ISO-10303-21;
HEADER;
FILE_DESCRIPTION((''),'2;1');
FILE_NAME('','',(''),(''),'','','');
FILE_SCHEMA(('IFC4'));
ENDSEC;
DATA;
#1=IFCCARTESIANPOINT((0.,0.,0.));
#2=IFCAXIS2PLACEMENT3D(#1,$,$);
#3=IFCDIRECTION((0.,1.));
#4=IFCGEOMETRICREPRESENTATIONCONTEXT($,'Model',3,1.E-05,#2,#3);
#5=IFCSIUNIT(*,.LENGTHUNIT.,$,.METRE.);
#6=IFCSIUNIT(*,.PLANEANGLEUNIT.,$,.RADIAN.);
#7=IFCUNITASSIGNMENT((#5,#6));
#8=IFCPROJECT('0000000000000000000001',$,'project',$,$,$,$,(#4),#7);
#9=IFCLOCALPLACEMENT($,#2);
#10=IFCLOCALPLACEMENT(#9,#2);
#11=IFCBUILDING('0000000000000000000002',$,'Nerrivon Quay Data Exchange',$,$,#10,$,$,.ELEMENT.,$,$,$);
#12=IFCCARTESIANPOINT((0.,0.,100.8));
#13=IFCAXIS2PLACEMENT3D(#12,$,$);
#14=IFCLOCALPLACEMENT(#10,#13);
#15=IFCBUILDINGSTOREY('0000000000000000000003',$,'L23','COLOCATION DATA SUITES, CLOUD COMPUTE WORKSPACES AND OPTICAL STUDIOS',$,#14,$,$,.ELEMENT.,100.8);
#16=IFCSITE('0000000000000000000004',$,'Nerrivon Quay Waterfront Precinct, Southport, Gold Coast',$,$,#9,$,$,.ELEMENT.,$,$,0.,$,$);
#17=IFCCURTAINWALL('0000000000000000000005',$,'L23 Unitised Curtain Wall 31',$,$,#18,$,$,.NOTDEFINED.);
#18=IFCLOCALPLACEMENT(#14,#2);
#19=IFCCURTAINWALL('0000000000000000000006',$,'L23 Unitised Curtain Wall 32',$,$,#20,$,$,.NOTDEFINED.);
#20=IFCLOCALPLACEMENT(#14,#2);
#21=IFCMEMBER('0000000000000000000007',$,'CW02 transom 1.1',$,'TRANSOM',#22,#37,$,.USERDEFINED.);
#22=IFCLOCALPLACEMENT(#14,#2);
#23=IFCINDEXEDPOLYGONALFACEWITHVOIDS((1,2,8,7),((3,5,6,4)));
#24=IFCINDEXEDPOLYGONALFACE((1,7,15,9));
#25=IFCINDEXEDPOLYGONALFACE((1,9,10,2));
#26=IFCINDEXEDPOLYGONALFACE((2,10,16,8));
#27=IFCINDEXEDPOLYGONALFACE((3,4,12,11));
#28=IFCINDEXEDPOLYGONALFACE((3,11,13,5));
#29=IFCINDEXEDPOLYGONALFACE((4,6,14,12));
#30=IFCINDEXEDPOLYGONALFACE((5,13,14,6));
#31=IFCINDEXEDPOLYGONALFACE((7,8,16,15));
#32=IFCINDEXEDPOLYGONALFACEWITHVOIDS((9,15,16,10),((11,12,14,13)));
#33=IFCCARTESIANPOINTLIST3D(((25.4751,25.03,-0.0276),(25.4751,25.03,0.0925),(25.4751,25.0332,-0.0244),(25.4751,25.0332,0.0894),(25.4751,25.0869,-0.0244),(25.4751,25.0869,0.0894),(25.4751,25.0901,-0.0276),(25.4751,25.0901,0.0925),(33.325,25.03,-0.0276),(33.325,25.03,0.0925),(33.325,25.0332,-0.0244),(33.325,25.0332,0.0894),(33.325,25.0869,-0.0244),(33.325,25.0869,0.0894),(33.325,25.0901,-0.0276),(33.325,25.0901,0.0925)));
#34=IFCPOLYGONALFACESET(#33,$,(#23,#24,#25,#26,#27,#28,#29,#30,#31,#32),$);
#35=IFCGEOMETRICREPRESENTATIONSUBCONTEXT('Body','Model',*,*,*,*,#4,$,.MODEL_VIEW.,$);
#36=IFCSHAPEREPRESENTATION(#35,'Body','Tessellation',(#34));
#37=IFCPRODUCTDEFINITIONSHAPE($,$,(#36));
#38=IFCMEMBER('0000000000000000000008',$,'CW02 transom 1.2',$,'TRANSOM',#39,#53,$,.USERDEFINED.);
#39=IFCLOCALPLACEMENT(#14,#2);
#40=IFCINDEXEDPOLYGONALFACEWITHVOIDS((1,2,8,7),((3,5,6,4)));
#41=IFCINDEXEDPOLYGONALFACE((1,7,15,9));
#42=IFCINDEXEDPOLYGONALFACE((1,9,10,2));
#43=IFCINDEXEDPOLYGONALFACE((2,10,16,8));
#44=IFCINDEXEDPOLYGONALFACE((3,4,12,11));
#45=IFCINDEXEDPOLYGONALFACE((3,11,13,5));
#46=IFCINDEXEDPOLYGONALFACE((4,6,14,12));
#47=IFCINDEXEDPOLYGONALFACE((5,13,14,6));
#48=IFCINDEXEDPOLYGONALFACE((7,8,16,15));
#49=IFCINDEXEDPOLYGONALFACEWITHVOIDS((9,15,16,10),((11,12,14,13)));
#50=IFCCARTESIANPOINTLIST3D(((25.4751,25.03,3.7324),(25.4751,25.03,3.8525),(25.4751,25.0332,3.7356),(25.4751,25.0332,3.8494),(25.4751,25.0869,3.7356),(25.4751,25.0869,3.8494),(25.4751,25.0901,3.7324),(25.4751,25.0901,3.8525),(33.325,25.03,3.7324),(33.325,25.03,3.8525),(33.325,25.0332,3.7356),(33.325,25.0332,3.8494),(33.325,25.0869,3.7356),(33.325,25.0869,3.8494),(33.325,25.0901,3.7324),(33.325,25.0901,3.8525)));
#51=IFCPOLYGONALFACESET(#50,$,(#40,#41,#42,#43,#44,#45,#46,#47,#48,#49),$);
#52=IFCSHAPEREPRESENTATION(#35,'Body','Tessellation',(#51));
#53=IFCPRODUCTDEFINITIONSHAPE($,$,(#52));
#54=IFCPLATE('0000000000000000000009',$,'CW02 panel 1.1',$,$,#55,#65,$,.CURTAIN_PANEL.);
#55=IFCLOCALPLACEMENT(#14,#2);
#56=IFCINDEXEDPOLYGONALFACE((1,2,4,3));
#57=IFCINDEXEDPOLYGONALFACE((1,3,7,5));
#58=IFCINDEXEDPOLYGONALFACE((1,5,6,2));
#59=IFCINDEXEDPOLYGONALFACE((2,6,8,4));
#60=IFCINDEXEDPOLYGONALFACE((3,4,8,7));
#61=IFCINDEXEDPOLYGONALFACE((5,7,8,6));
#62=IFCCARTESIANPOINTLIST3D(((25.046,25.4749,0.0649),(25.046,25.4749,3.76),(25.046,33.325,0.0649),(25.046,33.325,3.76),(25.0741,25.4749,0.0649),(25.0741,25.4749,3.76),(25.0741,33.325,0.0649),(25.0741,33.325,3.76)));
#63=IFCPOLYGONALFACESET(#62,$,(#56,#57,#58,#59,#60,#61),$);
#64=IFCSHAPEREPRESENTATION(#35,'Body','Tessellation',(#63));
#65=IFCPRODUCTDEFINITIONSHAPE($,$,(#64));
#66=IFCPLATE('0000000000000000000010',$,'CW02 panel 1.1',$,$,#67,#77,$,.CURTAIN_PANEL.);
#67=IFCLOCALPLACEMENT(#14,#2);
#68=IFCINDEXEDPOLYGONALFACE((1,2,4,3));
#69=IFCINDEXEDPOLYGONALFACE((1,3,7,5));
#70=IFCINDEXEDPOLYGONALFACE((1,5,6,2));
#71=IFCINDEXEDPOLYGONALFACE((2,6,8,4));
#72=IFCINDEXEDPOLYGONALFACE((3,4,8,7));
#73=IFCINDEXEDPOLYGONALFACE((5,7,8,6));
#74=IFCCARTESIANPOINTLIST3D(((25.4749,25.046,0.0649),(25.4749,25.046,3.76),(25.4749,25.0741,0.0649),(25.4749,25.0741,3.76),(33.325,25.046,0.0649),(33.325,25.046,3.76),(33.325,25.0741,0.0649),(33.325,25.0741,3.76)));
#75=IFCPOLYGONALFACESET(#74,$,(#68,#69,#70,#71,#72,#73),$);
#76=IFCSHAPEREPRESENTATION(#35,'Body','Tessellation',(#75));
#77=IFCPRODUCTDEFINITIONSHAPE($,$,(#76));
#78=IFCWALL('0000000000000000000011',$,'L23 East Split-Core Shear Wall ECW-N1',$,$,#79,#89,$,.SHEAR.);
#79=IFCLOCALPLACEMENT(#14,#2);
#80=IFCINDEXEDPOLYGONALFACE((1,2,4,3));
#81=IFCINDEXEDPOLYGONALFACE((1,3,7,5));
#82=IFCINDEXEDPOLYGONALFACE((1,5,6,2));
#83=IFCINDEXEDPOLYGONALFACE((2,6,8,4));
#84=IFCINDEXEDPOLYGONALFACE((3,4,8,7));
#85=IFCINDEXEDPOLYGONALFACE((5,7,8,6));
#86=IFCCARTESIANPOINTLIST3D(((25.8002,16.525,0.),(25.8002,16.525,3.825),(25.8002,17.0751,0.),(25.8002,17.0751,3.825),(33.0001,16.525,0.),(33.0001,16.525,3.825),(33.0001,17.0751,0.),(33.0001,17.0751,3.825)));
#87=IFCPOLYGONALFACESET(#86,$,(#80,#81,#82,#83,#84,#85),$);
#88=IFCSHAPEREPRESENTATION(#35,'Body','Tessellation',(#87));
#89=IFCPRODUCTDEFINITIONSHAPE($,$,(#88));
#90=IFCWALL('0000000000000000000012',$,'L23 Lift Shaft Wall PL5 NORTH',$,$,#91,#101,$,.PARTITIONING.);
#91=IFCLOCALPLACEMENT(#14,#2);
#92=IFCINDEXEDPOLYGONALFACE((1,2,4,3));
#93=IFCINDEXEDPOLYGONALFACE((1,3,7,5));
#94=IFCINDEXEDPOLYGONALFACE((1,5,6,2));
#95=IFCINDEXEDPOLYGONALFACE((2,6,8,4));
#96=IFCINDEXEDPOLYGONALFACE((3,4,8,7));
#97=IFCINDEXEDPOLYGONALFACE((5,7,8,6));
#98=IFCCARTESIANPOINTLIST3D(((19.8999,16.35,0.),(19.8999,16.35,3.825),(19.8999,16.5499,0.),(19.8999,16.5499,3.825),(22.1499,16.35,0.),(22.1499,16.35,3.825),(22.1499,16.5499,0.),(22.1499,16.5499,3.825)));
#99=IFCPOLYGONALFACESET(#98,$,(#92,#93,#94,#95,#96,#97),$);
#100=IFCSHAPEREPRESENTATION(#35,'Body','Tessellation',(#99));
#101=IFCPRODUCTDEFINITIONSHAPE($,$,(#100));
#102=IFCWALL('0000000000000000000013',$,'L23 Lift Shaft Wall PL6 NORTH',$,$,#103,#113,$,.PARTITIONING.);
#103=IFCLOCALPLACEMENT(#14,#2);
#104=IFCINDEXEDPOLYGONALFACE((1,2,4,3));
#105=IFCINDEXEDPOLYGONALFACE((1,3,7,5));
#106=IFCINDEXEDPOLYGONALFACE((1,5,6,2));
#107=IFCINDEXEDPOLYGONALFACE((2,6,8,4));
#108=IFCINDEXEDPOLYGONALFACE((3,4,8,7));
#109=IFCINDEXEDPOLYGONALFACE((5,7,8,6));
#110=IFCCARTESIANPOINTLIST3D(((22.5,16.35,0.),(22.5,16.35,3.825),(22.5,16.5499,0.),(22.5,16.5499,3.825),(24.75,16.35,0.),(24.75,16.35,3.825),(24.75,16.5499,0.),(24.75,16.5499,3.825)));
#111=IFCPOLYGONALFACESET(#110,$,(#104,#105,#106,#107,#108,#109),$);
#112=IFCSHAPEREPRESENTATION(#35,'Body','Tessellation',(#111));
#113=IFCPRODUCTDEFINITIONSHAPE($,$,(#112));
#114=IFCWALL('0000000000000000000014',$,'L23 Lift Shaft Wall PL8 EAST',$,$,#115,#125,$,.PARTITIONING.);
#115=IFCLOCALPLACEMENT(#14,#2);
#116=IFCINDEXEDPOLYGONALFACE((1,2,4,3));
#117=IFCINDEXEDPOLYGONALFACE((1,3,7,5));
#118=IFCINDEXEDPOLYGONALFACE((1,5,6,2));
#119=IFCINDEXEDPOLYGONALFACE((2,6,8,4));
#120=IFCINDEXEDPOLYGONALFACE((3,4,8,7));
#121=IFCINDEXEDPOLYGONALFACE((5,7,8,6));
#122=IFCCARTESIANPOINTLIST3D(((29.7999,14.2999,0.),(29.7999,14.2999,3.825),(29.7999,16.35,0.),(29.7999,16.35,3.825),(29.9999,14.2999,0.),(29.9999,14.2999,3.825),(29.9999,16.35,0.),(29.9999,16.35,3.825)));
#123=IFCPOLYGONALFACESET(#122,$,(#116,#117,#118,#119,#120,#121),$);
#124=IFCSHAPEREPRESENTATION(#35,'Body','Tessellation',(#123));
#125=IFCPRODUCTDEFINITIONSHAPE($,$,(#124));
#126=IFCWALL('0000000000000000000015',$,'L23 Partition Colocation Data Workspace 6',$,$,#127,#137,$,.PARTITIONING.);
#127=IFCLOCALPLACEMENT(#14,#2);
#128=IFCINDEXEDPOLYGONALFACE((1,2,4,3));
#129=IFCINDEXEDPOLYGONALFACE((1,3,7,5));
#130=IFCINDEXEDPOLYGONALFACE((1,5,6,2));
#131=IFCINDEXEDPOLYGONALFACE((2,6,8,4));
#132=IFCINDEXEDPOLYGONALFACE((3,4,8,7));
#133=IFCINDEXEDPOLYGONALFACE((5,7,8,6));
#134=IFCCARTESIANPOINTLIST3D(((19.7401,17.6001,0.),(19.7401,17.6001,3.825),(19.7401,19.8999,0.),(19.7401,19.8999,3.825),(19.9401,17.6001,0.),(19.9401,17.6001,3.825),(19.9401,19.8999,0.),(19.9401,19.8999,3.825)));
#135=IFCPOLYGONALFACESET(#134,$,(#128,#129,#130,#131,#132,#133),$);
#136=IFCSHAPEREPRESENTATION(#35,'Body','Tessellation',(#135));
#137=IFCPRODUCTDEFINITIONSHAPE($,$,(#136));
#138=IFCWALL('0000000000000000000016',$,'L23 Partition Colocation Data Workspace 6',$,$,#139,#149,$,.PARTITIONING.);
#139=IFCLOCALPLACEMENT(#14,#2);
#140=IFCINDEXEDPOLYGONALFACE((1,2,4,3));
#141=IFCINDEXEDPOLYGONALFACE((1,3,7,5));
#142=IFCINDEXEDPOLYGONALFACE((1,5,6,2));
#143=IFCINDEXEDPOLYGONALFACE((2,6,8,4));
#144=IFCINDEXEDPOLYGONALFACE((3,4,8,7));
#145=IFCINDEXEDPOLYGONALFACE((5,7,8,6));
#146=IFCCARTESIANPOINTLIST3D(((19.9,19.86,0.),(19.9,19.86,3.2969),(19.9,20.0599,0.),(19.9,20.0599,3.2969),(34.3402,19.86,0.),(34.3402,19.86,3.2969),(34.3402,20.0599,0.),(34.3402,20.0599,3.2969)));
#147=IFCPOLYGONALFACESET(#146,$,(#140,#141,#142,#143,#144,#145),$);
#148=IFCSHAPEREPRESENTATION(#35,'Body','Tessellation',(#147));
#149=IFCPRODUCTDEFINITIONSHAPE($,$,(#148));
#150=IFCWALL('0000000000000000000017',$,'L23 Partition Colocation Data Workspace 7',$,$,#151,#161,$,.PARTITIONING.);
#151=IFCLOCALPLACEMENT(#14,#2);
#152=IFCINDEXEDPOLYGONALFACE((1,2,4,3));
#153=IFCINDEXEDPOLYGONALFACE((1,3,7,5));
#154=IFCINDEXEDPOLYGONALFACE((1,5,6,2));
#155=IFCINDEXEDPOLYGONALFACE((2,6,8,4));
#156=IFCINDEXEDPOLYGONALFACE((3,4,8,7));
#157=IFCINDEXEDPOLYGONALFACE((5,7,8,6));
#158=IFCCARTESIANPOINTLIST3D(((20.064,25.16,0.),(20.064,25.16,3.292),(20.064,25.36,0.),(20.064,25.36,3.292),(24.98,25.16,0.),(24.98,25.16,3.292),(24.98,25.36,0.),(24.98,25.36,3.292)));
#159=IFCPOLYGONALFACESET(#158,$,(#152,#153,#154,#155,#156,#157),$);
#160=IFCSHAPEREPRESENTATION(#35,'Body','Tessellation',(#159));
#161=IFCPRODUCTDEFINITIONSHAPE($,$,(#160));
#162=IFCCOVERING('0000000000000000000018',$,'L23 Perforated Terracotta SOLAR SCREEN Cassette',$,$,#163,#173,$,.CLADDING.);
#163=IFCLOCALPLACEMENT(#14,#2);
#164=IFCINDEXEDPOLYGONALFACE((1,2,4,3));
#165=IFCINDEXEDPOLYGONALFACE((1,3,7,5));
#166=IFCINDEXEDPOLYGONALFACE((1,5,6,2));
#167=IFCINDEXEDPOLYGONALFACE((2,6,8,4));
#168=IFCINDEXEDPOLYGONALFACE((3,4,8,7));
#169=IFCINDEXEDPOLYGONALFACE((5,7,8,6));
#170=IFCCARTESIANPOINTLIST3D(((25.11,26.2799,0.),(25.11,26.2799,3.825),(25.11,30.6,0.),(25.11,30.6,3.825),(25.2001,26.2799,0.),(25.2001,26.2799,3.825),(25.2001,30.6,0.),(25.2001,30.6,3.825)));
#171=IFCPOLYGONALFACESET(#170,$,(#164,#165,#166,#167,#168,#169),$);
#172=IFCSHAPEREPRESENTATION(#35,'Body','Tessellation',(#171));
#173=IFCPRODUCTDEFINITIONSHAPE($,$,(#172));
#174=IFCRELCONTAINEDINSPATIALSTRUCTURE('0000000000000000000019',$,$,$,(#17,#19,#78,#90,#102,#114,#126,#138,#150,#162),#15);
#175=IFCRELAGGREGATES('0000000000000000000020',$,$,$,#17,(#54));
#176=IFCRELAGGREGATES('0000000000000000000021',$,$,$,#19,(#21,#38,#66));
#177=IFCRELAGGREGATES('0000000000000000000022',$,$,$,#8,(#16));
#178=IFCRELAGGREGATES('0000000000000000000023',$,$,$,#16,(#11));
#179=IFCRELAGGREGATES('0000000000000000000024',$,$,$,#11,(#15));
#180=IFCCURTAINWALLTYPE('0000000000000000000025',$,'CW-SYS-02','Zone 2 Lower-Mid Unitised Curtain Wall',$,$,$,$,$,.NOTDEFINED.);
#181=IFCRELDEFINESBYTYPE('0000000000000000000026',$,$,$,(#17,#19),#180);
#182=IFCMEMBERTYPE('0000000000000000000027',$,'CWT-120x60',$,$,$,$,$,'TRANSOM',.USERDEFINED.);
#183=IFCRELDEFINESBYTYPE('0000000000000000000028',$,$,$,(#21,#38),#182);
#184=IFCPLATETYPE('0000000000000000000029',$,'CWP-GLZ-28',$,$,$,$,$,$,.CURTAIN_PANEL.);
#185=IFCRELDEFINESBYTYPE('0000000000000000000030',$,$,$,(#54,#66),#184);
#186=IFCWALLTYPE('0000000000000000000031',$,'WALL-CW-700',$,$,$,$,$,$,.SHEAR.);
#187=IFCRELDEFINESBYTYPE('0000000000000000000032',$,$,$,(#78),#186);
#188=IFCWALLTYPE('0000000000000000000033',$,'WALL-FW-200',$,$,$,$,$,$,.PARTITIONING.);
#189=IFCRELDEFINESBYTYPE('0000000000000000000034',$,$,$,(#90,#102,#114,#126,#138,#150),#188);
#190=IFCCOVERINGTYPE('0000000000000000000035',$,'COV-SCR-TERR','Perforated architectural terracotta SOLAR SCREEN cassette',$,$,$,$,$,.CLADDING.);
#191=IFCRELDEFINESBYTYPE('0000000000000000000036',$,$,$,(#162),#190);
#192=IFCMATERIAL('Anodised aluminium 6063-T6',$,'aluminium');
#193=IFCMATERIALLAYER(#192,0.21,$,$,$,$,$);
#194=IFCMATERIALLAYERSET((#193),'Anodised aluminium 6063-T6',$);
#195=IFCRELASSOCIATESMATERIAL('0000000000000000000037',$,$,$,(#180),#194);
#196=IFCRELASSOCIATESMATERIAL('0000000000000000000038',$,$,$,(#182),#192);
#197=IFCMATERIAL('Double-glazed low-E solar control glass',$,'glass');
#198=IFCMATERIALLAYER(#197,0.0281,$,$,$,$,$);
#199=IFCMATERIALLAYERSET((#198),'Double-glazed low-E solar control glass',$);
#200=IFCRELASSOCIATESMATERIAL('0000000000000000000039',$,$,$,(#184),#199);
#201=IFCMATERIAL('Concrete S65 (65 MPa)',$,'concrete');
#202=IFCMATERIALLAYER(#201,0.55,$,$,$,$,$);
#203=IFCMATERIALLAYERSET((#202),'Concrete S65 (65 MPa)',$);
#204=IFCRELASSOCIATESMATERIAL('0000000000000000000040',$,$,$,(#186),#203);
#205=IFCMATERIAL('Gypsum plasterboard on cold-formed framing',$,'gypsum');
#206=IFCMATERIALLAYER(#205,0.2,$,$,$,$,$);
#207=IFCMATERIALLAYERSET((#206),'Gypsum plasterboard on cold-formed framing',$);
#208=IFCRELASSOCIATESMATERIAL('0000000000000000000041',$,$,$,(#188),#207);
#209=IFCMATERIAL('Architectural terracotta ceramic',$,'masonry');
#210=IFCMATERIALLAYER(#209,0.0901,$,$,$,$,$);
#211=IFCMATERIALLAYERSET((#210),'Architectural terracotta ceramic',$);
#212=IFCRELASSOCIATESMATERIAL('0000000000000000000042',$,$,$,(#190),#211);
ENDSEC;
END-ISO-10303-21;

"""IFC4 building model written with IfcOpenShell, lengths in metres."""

from ifc_helpers import new_model, si_unit, direction, frame, frame_2d, origin, origin_2d, place, context, subcontext, project, spatial, rectangle, hollow_rectangle, extrude, material, layer, layer_set, material_profile, profile_set, type_object, element, aggregate, save


model = new_model("IFC4")

# Units and contexts
model_context = context("Model", 3, precision=1e-05, world=origin(), true_north=direction((0.0, 1.0)))
body_context = subcontext(model_context, "Body", "Model", "MODEL_VIEW")
ifc_project = project(units=[si_unit("LENGTHUNIT", "METRE"), si_unit("PLANEANGLEUNIT", "RADIAN")], contexts=[model_context])

# Site, building, storey
site_placement = place(None, origin())
site = spatial("IfcSite", under=ifc_project, at=site_placement, Name="Nerrivon Quay Waterfront Precinct, Southport, Gold Coast", CompositionType="ELEMENT", RefElevation=0.0)
building_placement = place(site_placement, origin())
building = spatial("IfcBuilding", under=site, at=building_placement, Name="Nerrivon Quay Data Exchange", CompositionType="ELEMENT")
storey_placement = place(building_placement, frame((0.0, 0.0, 100.8)))
storey = spatial("IfcBuildingStorey", under=building, at=storey_placement, Name="L23", Description="COLOCATION DATA SUITES, CLOUD COMPUTE WORKSPACES AND OPTICAL STUDIOS", CompositionType="ELEMENT", Elevation=100.8)

# Shared definitions
ifc_material_1 = material(Name="Concrete S65 (65 MPa)", Category="concrete")

# Curtain wall
ifc_material_2 = material(Name="Anodised aluminium 6063-T6", Category="aluminium")
ifc_layer_1 = layer(ifc_material_2, 0.21)
ifc_layer_set_1 = layer_set([ifc_layer_1], Name="Anodised aluminium 6063-T6")
curtain_wall_type = type_object("IfcCurtainWallType", Name="CW-SYS-02", Description="Zone 2 Lower-Mid Unitised Curtain Wall", PredefinedType="NOTDEFINED", material=ifc_layer_set_1)
curtain_wall_1_placement = place(storey_placement, origin())
curtain_wall_1 = element("IfcCurtainWall", 1, at=curtain_wall_1_placement, inside=storey, type_object=curtain_wall_type, Name="L23 Unitised Curtain Wall 31", PredefinedType="NOTDEFINED")

# Curtain wall
curtain_wall_2_placement = place(storey_placement, origin())
curtain_wall_2 = element("IfcCurtainWall", 2, at=curtain_wall_2_placement, inside=storey, type_object=curtain_wall_type, Name="L23 Unitised Curtain Wall 32", PredefinedType="NOTDEFINED")

# Members
ifc_material_profile_1 = material_profile(ifc_material_2, hollow_rectangle(XDim=0.0601, YDim=0.1201, WallThickness=0.0032, at=origin_2d()), Name="ALU-TRAN-120x60")
ifc_profile_set_1 = profile_set([ifc_material_profile_1], Name="Anodised aluminium 6063-T6")
member_type_1 = type_object("IfcMemberType", Name="CWT-120x60", ElementType="TRANSOM", PredefinedType="USERDEFINED", material=ifc_profile_set_1)
member_1_placement = place(storey_placement, frame((25.4751, 25.0601, 0.0325), z_axis=(1.0, 0.0, 0.0), x_axis=(0.0, 1.0, 0.0)))
member_1 = element("IfcMember", 3, at=member_1_placement, type_object=member_type_1, Name="CW02 transom 1.1", ObjectType="TRANSOM", PredefinedType="USERDEFINED", context=body_context, shape_type="SweptSolid", body=[
    extrude(hollow_rectangle(XDim=0.0601, YDim=0.1201, WallThickness=0.0032, at=origin_2d()), origin(), (0.0, 0.0, 1.0), 7.8499),
])
member_2_placement = place(storey_placement, frame((25.4751, 25.0601, 3.7925), z_axis=(1.0, 0.0, 0.0), x_axis=(0.0, 1.0, 0.0)))
member_2 = element("IfcMember", 4, at=member_2_placement, type_object=member_type_1, Name="CW02 transom 1.2", ObjectType="TRANSOM", PredefinedType="USERDEFINED", context=body_context, shape_type="SweptSolid", body=[
    extrude(hollow_rectangle(XDim=0.0601, YDim=0.1201, WallThickness=0.0032, at=origin_2d()), origin(), (0.0, 0.0, 1.0), 7.8499),
])

# Plates
ifc_material_3 = material(Name="Double-glazed low-E solar control glass", Category="glass")
ifc_layer_2 = layer(ifc_material_3, 0.0281)
ifc_layer_set_2 = layer_set([ifc_layer_2], Name="Double-glazed low-E solar control glass")
plate_type = type_object("IfcPlateType", Name="CWP-GLZ-28", PredefinedType="CURTAIN_PANEL", material=ifc_layer_set_2)
plate_1_placement = place(storey_placement, frame((25.0601, 29.3999, 0.0649), z_axis=(0.0, 0.0, 1.0), x_axis=(0.0, -1.0, 0.0)))
plate_1 = element("IfcPlate", 5, at=plate_1_placement, type_object=plate_type, Name="CW02 panel 1.1", PredefinedType="CURTAIN_PANEL", context=body_context, shape_type="SweptSolid", body=[
    extrude(rectangle(XDim=7.8501, YDim=0.0281, at=origin_2d()), origin(), (0.0, 0.0, 1.0), 3.6951),
])
aggregate(curtain_wall_1, [plate_1])
plate_2_placement = place(storey_placement, frame((29.3999, 25.0601, 0.0649), z_axis=(0.0, 0.0, 1.0), x_axis=(1.0, 0.0, 0.0)))
plate_2 = element("IfcPlate", 6, at=plate_2_placement, type_object=plate_type, Name="CW02 panel 1.1", PredefinedType="CURTAIN_PANEL", context=body_context, shape_type="SweptSolid", body=[
    extrude(rectangle(XDim=7.8501, YDim=0.0281, at=origin_2d()), origin(), (0.0, 0.0, 1.0), 3.6951),
])
aggregate(curtain_wall_2, [member_1, member_2, plate_2])

# Walls
ifc_layer_3 = layer(ifc_material_1, 0.55)
ifc_layer_set_3 = layer_set([ifc_layer_3], Name="Concrete S65 (65 MPa)")
wall_type_1 = type_object("IfcWallType", Name="WALL-CW-700", PredefinedType="SHEAR", material=ifc_layer_set_3)
wall_1_placement = place(storey_placement, frame((25.8, 16.8, 0.0), z_axis=(0.0, 0.0, 1.0), x_axis=(1.0, 0.0, 0.0)))
element("IfcWall", 7, at=wall_1_placement, inside=storey, type_object=wall_type_1, Name="L23 East Split-Core Shear Wall ECW-N1", PredefinedType="SHEAR", context=body_context, shape_type="SweptSolid", body=[
    extrude(rectangle(XDim=7.2, YDim=0.55, at=frame_2d((3.6001, 0.0))), origin(), (0.0, 0.0, 1.0), 3.825),
])
ifc_material_4 = material(Name="Gypsum plasterboard on cold-formed framing", Category="gypsum")
ifc_layer_4 = layer(ifc_material_4, 0.2)
ifc_layer_set_4 = layer_set([ifc_layer_4], Name="Gypsum plasterboard on cold-formed framing")
wall_type_2 = type_object("IfcWallType", Name="WALL-FW-200", PredefinedType="PARTITIONING", material=ifc_layer_set_4)
for number, where, z_axis, x_axis, name in (
    (8, (19.8999, 16.45, 0.0), (0.0, 0.0, 1.0), (1.0, 0.0, 0.0), "L23 Lift Shaft Wall PL5 NORTH"),
    (9, (22.5, 16.45, 0.0), (0.0, 0.0, 1.0), (1.0, 0.0, 0.0), "L23 Lift Shaft Wall PL6 NORTH"),
):
    element("IfcWall", number, at=place(storey_placement, frame(where, z_axis=z_axis, x_axis=x_axis)), inside=storey, type_object=wall_type_2, Name=name, PredefinedType="PARTITIONING", context=body_context, shape_type="SweptSolid", body=[
        extrude(rectangle(XDim=2.25, YDim=0.2, at=frame_2d((1.125, 0.0))), origin(), (0.0, 0.0, 1.0), 3.825),
    ])
wall_2_placement = place(storey_placement, frame((29.8999, 14.3, 0.0), z_axis=(0.0, 0.0, 1.0), x_axis=(0.0, 1.0, 0.0)))
element("IfcWall", 10, at=wall_2_placement, inside=storey, type_object=wall_type_2, Name="L23 Lift Shaft Wall PL8 EAST", PredefinedType="PARTITIONING", context=body_context, shape_type="SweptSolid", body=[
    extrude(rectangle(XDim=2.05, YDim=0.2, at=frame_2d((1.0249, 0.0))), origin(), (0.0, 0.0, 1.0), 3.825),
])
wall_3_placement = place(storey_placement, frame((19.8401, 17.6001, 0.0), z_axis=(0.0, 0.0, 1.0), x_axis=(0.0, 1.0, 0.0)))
element("IfcWall", 11, at=wall_3_placement, inside=storey, type_object=wall_type_2, Name="L23 Partition Colocation Data Workspace 6", PredefinedType="PARTITIONING", context=body_context, shape_type="SweptSolid", body=[
    extrude(rectangle(XDim=2.2998, YDim=0.2, at=frame_2d((1.1499, 0.0))), origin(), (0.0, 0.0, 1.0), 3.825),
])
wall_4_placement = place(storey_placement, frame((19.8999, 19.96, 0.0), z_axis=(0.0, 0.0, 1.0), x_axis=(1.0, 0.0, 0.0)))
element("IfcWall", 12, at=wall_4_placement, inside=storey, type_object=wall_type_2, Name="L23 Partition Colocation Data Workspace 6", PredefinedType="PARTITIONING", context=body_context, shape_type="SweptSolid", body=[
    extrude(rectangle(XDim=14.4402, YDim=0.2, at=frame_2d((7.2202, 0.0))), origin(), (0.0, 0.0, 1.0), 3.2969),
])
wall_5_placement = place(storey_placement, frame((20.064, 25.26, 0.0), z_axis=(0.0, 0.0, 1.0), x_axis=(1.0, 0.0, 0.0)))
element("IfcWall", 13, at=wall_5_placement, inside=storey, type_object=wall_type_2, Name="L23 Partition Colocation Data Workspace 7", PredefinedType="PARTITIONING", context=body_context, shape_type="SweptSolid", body=[
    extrude(rectangle(XDim=4.916, YDim=0.2, at=frame_2d((2.458, 0.0))), origin(), (0.0, 0.0, 1.0), 3.292),
])

# Covering
ifc_material_5 = material(Name="Architectural terracotta ceramic", Category="masonry")
ifc_layer_5 = layer(ifc_material_5, 0.0901)
ifc_layer_set_5 = layer_set([ifc_layer_5], Name="Architectural terracotta ceramic")
covering_type = type_object("IfcCoveringType", Name="COV-SCR-TERR", Description="Perforated architectural terracotta SOLAR SCREEN cassette", PredefinedType="CLADDING", material=ifc_layer_set_5)
covering_placement = place(storey_placement, frame((25.155, 28.4399, 0.0), z_axis=(0.0, 0.0, 1.0), x_axis=(0.0, -1.0, 0.0)))
element("IfcCovering", 14, at=covering_placement, inside=storey, type_object=covering_type, Name="L23 Perforated Terracotta SOLAR SCREEN Cassette", PredefinedType="CLADDING", context=body_context, shape_type="SweptSolid", body=[
    extrude(rectangle(XDim=4.3201, YDim=0.0901, at=origin_2d()), origin(), (0.0, 0.0, 1.0), 3.825),
])

save(model, "model.ifc")
